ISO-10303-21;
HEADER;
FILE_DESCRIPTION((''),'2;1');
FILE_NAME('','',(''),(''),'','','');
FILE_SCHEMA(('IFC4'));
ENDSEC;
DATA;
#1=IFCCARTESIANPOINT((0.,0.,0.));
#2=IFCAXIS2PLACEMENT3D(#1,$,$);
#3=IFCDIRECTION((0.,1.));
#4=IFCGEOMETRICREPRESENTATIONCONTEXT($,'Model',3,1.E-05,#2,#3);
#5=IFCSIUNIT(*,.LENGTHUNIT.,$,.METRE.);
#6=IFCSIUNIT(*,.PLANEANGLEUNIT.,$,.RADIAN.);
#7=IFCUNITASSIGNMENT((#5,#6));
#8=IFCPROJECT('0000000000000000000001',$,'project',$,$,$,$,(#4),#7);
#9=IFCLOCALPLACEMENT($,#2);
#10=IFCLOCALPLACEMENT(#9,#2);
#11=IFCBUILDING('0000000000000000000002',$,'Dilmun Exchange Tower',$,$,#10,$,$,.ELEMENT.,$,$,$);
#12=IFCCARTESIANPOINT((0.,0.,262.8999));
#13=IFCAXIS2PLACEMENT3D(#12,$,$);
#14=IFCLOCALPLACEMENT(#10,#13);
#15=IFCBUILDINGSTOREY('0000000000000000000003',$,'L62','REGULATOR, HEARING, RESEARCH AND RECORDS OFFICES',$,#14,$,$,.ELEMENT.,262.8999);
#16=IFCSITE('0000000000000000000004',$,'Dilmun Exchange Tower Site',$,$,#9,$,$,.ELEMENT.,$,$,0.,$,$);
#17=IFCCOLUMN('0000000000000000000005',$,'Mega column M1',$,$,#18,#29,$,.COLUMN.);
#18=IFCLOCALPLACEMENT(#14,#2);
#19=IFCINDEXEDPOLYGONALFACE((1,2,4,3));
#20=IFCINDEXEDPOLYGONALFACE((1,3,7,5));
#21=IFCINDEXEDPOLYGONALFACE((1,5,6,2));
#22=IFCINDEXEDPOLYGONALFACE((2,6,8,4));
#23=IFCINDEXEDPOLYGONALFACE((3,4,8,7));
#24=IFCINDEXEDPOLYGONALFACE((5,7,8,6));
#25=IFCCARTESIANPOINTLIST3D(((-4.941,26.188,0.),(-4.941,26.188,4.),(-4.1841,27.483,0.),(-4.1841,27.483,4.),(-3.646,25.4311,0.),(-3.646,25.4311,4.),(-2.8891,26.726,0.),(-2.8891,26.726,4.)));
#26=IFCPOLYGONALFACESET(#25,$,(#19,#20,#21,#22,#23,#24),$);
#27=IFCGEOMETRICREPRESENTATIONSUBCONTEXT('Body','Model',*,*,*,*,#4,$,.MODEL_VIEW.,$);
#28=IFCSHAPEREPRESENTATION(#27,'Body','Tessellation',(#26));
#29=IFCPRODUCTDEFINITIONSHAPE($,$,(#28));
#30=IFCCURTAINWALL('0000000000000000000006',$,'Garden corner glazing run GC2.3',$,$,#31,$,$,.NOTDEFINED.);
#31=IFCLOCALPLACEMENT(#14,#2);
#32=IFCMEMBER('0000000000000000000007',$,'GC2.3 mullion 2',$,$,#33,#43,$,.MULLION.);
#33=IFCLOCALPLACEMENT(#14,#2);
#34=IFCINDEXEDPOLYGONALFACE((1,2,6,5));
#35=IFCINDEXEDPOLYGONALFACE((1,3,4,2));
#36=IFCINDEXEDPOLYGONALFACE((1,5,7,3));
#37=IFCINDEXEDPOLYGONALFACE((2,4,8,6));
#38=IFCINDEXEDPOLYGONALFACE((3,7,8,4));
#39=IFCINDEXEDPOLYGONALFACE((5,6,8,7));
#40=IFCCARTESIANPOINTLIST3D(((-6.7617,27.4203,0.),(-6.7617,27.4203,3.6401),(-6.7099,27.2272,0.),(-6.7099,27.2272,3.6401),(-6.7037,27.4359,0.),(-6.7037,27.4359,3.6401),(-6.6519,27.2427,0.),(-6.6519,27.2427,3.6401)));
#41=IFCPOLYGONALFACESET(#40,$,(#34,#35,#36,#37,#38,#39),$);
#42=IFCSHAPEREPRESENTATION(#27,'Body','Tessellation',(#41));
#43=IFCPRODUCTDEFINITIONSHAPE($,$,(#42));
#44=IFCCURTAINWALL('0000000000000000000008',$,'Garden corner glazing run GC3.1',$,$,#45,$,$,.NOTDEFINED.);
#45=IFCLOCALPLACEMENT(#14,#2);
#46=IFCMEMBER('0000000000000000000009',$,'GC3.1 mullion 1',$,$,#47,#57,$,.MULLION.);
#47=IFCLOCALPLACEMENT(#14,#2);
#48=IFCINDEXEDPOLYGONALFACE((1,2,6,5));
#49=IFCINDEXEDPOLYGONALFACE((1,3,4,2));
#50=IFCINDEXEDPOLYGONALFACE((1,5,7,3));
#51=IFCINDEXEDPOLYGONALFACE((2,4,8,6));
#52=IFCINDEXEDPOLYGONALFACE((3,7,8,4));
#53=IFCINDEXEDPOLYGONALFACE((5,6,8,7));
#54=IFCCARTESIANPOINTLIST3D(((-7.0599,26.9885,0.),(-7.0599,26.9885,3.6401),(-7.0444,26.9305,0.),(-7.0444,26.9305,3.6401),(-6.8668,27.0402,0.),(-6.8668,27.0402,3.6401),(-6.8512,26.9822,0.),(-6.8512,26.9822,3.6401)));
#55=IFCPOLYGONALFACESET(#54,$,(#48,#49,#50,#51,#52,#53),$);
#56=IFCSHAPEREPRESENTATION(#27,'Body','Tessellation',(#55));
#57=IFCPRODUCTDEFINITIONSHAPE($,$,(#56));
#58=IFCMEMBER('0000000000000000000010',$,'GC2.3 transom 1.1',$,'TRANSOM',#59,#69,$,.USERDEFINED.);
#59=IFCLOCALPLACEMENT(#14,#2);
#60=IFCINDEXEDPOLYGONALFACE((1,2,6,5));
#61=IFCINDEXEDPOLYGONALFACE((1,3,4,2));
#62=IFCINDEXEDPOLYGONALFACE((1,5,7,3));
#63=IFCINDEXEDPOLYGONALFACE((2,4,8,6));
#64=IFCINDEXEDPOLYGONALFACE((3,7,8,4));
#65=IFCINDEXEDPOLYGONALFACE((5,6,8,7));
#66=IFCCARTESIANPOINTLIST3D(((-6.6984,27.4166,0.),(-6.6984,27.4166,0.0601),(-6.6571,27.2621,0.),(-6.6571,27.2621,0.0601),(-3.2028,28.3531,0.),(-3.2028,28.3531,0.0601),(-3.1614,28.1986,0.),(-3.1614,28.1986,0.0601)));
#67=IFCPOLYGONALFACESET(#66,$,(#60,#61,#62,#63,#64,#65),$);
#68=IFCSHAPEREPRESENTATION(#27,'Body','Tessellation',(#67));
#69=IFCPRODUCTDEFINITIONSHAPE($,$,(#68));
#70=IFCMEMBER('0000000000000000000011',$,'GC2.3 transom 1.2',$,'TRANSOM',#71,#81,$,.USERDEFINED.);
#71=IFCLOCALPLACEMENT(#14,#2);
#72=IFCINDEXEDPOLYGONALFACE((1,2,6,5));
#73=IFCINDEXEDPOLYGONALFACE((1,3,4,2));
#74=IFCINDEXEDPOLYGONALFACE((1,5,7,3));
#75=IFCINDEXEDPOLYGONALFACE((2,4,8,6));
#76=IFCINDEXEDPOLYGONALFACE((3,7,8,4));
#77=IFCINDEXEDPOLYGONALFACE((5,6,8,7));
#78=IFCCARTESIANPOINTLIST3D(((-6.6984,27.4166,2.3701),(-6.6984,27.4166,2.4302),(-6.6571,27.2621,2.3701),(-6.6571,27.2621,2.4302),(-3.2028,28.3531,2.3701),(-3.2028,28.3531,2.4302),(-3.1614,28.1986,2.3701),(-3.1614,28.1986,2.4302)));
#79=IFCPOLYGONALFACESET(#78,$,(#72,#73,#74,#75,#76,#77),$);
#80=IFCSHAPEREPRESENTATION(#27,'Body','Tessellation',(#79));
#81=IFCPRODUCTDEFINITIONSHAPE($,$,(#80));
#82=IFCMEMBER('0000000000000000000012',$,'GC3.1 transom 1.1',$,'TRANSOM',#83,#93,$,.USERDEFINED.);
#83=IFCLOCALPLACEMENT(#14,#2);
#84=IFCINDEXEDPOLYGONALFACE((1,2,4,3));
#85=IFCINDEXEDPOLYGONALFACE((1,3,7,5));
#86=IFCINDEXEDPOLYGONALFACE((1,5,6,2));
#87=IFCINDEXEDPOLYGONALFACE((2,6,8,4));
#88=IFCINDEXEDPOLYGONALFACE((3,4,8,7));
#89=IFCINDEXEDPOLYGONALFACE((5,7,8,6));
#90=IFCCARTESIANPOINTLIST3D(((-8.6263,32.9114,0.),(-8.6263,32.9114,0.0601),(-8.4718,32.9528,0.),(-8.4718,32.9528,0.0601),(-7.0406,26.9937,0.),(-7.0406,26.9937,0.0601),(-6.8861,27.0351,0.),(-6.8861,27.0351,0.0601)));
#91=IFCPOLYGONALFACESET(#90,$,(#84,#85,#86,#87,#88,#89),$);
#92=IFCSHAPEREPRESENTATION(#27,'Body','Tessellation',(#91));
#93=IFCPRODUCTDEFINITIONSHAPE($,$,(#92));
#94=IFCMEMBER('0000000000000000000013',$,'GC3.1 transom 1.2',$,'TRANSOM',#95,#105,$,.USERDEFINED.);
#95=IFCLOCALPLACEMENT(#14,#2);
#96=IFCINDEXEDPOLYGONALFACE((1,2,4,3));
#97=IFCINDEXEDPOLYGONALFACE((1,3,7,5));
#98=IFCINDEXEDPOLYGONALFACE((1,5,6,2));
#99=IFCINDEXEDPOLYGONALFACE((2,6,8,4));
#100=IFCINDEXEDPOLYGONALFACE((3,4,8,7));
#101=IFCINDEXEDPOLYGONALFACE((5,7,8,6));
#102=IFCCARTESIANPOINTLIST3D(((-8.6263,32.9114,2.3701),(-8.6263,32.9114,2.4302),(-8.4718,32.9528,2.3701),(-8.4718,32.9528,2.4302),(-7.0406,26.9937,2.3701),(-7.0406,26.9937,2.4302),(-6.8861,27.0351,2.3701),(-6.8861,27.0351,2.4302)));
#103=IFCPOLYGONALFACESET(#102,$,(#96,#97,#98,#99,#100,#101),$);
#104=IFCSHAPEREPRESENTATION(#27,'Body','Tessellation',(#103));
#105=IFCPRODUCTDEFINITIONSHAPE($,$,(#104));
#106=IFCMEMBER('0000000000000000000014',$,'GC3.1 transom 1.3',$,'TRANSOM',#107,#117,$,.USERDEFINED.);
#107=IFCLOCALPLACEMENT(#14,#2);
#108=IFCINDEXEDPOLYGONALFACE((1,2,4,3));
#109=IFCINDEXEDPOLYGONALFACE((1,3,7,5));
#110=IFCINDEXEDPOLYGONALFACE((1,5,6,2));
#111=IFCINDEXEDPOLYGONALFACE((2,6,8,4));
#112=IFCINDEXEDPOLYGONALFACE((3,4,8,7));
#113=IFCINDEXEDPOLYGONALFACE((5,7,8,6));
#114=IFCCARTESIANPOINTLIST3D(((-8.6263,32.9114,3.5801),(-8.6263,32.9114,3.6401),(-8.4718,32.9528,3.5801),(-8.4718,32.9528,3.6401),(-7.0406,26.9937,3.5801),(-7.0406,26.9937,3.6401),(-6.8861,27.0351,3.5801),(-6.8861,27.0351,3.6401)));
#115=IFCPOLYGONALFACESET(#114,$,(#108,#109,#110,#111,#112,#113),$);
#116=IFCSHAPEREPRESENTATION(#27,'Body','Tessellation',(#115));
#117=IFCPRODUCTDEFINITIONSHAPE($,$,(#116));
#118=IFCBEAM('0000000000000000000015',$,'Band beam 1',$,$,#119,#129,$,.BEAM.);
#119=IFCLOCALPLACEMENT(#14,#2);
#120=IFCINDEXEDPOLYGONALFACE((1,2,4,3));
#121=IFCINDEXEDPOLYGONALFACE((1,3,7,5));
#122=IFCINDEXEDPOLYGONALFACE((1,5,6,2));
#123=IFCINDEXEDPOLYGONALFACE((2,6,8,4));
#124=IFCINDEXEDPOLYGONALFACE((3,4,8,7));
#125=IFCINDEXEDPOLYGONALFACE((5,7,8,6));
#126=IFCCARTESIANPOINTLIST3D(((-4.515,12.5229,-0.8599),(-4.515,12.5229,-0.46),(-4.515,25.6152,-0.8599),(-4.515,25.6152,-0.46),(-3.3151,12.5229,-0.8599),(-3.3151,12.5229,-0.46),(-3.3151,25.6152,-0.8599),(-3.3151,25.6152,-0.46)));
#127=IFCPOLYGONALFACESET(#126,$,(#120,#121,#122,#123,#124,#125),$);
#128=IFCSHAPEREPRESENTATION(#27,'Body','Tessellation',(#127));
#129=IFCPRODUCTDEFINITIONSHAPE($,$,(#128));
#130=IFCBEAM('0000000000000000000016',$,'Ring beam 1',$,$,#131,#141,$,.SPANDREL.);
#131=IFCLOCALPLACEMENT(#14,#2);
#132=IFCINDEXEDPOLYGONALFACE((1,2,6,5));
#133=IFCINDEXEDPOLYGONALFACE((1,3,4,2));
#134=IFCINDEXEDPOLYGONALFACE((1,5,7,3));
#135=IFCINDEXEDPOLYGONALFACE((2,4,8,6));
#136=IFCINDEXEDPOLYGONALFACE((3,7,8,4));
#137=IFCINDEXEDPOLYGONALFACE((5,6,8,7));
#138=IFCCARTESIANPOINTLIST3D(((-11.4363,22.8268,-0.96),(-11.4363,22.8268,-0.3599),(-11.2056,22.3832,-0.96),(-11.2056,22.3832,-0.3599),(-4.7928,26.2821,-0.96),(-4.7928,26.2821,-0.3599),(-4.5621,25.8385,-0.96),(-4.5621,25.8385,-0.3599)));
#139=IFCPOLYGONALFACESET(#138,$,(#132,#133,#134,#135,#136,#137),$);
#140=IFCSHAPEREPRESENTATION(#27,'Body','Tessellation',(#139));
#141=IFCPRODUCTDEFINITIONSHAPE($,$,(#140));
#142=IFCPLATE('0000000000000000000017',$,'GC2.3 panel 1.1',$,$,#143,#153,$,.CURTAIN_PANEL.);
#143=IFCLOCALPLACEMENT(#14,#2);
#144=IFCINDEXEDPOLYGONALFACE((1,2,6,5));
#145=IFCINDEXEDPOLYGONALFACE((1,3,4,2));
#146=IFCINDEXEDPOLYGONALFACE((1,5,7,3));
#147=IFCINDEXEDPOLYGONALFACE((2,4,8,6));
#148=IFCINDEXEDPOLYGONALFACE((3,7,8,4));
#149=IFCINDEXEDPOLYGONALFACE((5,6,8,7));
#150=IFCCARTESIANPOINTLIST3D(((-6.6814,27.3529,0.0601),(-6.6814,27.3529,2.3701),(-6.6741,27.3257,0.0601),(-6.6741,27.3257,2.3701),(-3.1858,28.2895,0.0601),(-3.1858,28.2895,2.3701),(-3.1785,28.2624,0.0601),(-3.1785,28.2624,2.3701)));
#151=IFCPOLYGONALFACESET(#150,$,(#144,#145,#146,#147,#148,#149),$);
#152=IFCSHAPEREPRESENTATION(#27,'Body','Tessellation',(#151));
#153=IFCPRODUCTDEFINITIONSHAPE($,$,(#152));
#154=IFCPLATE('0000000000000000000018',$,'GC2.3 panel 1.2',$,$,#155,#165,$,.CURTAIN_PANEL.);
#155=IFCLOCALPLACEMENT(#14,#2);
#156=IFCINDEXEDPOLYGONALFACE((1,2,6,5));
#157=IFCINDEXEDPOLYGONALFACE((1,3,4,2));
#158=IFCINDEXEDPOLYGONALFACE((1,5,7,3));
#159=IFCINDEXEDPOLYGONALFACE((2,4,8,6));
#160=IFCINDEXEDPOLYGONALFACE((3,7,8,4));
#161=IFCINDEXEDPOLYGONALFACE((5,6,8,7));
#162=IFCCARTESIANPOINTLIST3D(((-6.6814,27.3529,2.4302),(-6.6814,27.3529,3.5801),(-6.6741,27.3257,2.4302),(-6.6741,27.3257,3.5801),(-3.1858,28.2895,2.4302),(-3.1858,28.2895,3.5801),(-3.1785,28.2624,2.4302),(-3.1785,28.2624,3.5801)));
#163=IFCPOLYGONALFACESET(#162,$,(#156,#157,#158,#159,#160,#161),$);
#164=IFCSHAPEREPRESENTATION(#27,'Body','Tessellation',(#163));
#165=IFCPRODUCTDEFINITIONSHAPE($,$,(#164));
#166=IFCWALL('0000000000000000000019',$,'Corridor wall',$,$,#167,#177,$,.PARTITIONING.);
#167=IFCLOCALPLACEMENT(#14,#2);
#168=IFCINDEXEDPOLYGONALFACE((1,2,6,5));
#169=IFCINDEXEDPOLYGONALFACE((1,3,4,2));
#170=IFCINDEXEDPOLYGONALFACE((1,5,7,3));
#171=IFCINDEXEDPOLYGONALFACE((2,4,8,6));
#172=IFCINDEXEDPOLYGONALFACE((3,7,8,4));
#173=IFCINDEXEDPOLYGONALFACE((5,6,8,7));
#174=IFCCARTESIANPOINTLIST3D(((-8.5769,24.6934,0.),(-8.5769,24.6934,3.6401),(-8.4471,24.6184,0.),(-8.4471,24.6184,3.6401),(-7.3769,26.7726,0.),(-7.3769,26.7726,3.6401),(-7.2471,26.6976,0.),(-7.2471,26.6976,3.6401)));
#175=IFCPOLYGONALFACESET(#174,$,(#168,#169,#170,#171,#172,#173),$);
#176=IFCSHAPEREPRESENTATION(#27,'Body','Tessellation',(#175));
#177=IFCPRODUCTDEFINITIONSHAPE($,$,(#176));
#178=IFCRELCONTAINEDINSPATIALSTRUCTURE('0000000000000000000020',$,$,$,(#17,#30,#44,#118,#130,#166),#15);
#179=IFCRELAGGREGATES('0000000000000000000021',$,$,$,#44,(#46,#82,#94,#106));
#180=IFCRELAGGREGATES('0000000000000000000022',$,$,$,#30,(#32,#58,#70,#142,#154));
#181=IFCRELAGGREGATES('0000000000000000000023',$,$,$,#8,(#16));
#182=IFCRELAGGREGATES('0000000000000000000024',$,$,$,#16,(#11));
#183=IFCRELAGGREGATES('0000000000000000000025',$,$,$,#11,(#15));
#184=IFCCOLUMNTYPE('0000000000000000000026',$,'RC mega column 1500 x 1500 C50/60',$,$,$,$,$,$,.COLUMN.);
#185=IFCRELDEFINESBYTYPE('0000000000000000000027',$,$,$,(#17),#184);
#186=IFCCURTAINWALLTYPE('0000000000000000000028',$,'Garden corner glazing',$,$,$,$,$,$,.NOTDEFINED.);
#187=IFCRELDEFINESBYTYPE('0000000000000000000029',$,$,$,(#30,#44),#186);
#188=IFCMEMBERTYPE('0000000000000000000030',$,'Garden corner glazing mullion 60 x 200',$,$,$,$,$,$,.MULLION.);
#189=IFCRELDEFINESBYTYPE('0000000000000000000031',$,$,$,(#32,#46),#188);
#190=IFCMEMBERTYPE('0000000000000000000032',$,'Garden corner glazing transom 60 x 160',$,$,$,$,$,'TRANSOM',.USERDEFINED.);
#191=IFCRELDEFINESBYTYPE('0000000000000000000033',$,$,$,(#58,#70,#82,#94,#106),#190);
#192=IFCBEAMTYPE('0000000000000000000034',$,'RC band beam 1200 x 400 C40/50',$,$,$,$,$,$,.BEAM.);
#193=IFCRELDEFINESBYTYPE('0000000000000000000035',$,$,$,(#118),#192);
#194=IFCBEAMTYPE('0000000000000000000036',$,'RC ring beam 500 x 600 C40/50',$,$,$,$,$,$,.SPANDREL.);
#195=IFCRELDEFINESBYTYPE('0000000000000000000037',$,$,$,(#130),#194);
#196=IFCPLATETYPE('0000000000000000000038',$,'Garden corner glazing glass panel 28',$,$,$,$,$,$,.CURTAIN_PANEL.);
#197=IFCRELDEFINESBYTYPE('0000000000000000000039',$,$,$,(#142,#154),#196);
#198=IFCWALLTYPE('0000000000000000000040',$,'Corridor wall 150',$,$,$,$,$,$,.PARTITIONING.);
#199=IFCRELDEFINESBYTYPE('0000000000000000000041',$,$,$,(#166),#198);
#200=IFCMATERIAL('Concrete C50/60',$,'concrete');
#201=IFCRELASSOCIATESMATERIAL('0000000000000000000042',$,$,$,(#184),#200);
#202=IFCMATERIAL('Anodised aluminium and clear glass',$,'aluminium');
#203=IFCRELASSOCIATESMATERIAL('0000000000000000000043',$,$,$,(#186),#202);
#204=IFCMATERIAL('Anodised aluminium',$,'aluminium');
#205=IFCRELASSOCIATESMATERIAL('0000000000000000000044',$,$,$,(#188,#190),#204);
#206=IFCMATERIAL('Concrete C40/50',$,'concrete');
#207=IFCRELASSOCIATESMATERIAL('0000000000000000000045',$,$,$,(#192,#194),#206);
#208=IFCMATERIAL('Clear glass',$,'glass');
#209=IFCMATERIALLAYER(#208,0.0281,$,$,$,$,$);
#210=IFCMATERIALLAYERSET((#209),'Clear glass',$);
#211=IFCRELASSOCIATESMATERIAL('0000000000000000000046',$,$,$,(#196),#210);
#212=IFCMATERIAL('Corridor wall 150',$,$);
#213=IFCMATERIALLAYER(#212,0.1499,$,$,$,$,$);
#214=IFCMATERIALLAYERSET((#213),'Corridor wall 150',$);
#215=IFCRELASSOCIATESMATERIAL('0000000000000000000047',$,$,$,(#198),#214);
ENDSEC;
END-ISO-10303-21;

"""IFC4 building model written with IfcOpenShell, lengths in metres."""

from ifc_helpers import new_model, si_unit, direction, frame, frame_2d, origin, origin_2d, place, context, subcontext, project, spatial, rectangle, extrude, material, layer, layer_set, material_profile, profile_set, type_object, element, aggregate, save


model = new_model("IFC4")

# Units and contexts
model_context = context("Model", 3, precision=1e-05, world=origin(), true_north=direction((0.0, 1.0)))
body_context = subcontext(model_context, "Body", "Model", "MODEL_VIEW")
ifc_project = project(units=[si_unit("LENGTHUNIT", "METRE"), si_unit("PLANEANGLEUNIT", "RADIAN")], contexts=[model_context])

# Site, building, storey
site_placement = place(None, origin())
site = spatial("IfcSite", under=ifc_project, at=site_placement, Name="Dilmun Exchange Tower Site", CompositionType="ELEMENT", RefElevation=0.0)
building_placement = place(site_placement, origin())
building = spatial("IfcBuilding", under=site, at=building_placement, Name="Dilmun Exchange Tower", CompositionType="ELEMENT")
storey_placement = place(building_placement, frame((0.0, 0.0, 262.8999)))
storey = spatial("IfcBuildingStorey", under=building, at=storey_placement, Name="L62", Description="REGULATOR, HEARING, RESEARCH AND RECORDS OFFICES", CompositionType="ELEMENT", Elevation=262.8999)

# Column
ifc_material_1 = material(Name="Concrete C50/60", Category="concrete")
ifc_material_profile_1 = material_profile(ifc_material_1, rectangle(XDim=1.5, YDim=1.5, at=origin_2d()), Name="1500 x 1500")
ifc_profile_set_1 = profile_set([ifc_material_profile_1], Name="Concrete C50/60")
column_type = type_object("IfcColumnType", Name="RC mega column 1500 x 1500 C50/60", PredefinedType="COLUMN", material=ifc_profile_set_1)
column_placement = place(storey_placement, frame((-3.915, 26.457, 0.0), z_axis=(0.0, 0.0, 1.0), x_axis=(0.504644, 0.863328, 0.0)))
element("IfcColumn", 1, at=column_placement, inside=storey, type_object=column_type, Name="Mega column M1", PredefinedType="COLUMN", context=body_context, shape_type="SweptSolid", body=[
    extrude(rectangle(XDim=1.5, YDim=1.5, at=origin_2d()), origin(), (0.0, 0.0, 1.0), 4.0),
])

# Curtain walls, members
ifc_material_2 = material(Name="Anodised aluminium and clear glass", Category="aluminium")
curtain_wall_type = type_object("IfcCurtainWallType", Name="Garden corner glazing", PredefinedType="NOTDEFINED", material=ifc_material_2)
curtain_wall_1_placement = place(storey_placement, origin())
curtain_wall_1 = element("IfcCurtainWall", 2, at=curtain_wall_1_placement, inside=storey, type_object=curtain_wall_type, Name="Garden corner glazing run GC2.3", PredefinedType="NOTDEFINED")
ifc_material_3 = material(Name="Anodised aluminium", Category="aluminium")
ifc_material_profile_2 = material_profile(ifc_material_3, rectangle(XDim=0.2, YDim=0.0601, at=origin_2d()), Name="AL 60x200")
ifc_profile_set_2 = profile_set([ifc_material_profile_2], Name="Anodised aluminium")
member_type_1 = type_object("IfcMemberType", Name="Garden corner glazing mullion 60 x 200", PredefinedType="MULLION", material=ifc_profile_set_2)
member_1_placement = place(storey_placement, frame((-6.7068, 27.3315, 0.0), z_axis=(0.0, 0.0, 1.0), x_axis=(0.258813, -0.965928, 0.0)))
member_1 = element("IfcMember", 3, at=member_1_placement, type_object=member_type_1, Name="GC2.3 mullion 2", PredefinedType="MULLION", context=body_context, shape_type="SweptSolid", body=[
    extrude(rectangle(XDim=0.2, YDim=0.0601, at=origin_2d()), origin(), (0.0, 0.0, 1.0), 3.6401),
])
curtain_wall_2_placement = place(storey_placement, origin())
curtain_wall_2 = element("IfcCurtainWall", 4, at=curtain_wall_2_placement, inside=storey, type_object=curtain_wall_type, Name="Garden corner glazing run GC3.1", PredefinedType="NOTDEFINED")
member_2_placement = place(storey_placement, frame((-6.9556, 26.9854, 0.0), z_axis=(0.0, 0.0, 1.0), x_axis=(-0.965926, -0.258819, 0.0)))
member_2 = element("IfcMember", 5, at=member_2_placement, type_object=member_type_1, Name="GC3.1 mullion 1", PredefinedType="MULLION", context=body_context, shape_type="SweptSolid", body=[
    extrude(rectangle(XDim=0.2, YDim=0.0601, at=origin_2d()), origin(), (0.0, 0.0, 1.0), 3.6401),
])

# Members
ifc_material_profile_3 = material_profile(ifc_material_3, rectangle(XDim=0.1599, YDim=0.0601, at=origin_2d()), Name="AL 60x160")
ifc_profile_set_3 = profile_set([ifc_material_profile_3], Name="Anodised aluminium")
member_type_2 = type_object("IfcMemberType", Name="Garden corner glazing transom 60 x 160", ElementType="TRANSOM", PredefinedType="USERDEFINED", material=ifc_profile_set_3)
member_3_placement = place(storey_placement, frame((-3.1821, 28.2759, 0.03), z_axis=(-0.965934, -0.258788, 0.0), x_axis=(0.258788, -0.965934, 0.0)))
member_3 = element("IfcMember", 6, at=member_3_placement, type_object=member_type_2, Name="GC2.3 transom 1.1", ObjectType="TRANSOM", PredefinedType="USERDEFINED", context=body_context, shape_type="SweptSolid", body=[
    extrude(rectangle(XDim=0.1599, YDim=0.0601, at=origin_2d()), origin(), (0.0, 0.0, 1.0), 3.6189),
])
member_4_placement = place(storey_placement, frame((-3.1821, 28.2759, 2.4001), z_axis=(-0.965934, -0.258788, 0.0), x_axis=(0.258788, -0.965934, 0.0)))
member_4 = element("IfcMember", 7, at=member_4_placement, type_object=member_type_2, Name="GC2.3 transom 1.2", ObjectType="TRANSOM", PredefinedType="USERDEFINED", context=body_context, shape_type="SweptSolid", body=[
    extrude(rectangle(XDim=0.1599, YDim=0.0601, at=origin_2d()), origin(), (0.0, 0.0, 1.0), 3.6189),
])
member_5_placement = place(storey_placement, frame((-6.9634, 27.0144, 0.03), z_axis=(-0.258826, 0.965924, 0.0), x_axis=(-0.965924, -0.258826, 0.0)))
member_5 = element("IfcMember", 8, at=member_5_placement, type_object=member_type_2, Name="GC3.1 transom 1.1", ObjectType="TRANSOM", PredefinedType="USERDEFINED", context=body_context, shape_type="SweptSolid", body=[
    extrude(rectangle(XDim=0.1599, YDim=0.0601, at=origin_2d()), origin(), (0.0, 0.0, 1.0), 6.1265),
])
member_6_placement = place(storey_placement, frame((-6.9634, 27.0144, 2.4001), z_axis=(-0.258826, 0.965924, 0.0), x_axis=(-0.965924, -0.258826, 0.0)))
member_6 = element("IfcMember", 9, at=member_6_placement, type_object=member_type_2, Name="GC3.1 transom 1.2", ObjectType="TRANSOM", PredefinedType="USERDEFINED", context=body_context, shape_type="SweptSolid", body=[
    extrude(rectangle(XDim=0.1599, YDim=0.0601, at=origin_2d()), origin(), (0.0, 0.0, 1.0), 6.1265),
])
member_7_placement = place(storey_placement, frame((-6.9634, 27.0144, 3.6101), z_axis=(-0.258826, 0.965924, 0.0), x_axis=(-0.965924, -0.258826, 0.0)))
member_7 = element("IfcMember", 10, at=member_7_placement, type_object=member_type_2, Name="GC3.1 transom 1.3", ObjectType="TRANSOM", PredefinedType="USERDEFINED", context=body_context, shape_type="SweptSolid", body=[
    extrude(rectangle(XDim=0.1599, YDim=0.0601, at=origin_2d()), origin(), (0.0, 0.0, 1.0), 6.1265),
])
aggregate(curtain_wall_2, [member_2, member_5, member_6, member_7])

# Beams
ifc_material_4 = material(Name="Concrete C40/50", Category="concrete")
ifc_material_profile_4 = material_profile(ifc_material_4, rectangle(XDim=1.2, YDim=0.3999, at=origin_2d()), Name="1200 x 400")
ifc_profile_set_4 = profile_set([ifc_material_profile_4], Name="Concrete C40/50")
beam_type_1 = type_object("IfcBeamType", Name="RC band beam 1200 x 400 C40/50", PredefinedType="BEAM", material=ifc_profile_set_4)
beam_1_placement = place(storey_placement, frame((-3.915, 25.6152, -0.6599), z_axis=(0.0, -1.0, 0.0), x_axis=(1.0, 0.0, 0.0)))
element("IfcBeam", 11, at=beam_1_placement, inside=storey, type_object=beam_type_1, Name="Band beam 1", PredefinedType="BEAM", context=body_context, shape_type="SweptSolid", body=[
    extrude(rectangle(XDim=1.2, YDim=0.3999, at=origin_2d()), origin(), (0.0, 0.0, 1.0), 13.0923),
])
ifc_material_profile_5 = material_profile(ifc_material_4, rectangle(XDim=0.5, YDim=0.6001, at=origin_2d()), Name="500 x 600")
ifc_profile_set_5 = profile_set([ifc_material_profile_5], Name="Concrete C40/50")
beam_type_2 = type_object("IfcBeamType", Name="RC ring beam 500 x 600 C40/50", PredefinedType="SPANDREL", material=ifc_profile_set_5)
beam_2_placement = place(storey_placement, frame((-4.6775, 26.0603, -0.6599), z_axis=(-0.88718, -0.461424, 0.0), x_axis=(0.461424, -0.88718, 0.0)))
element("IfcBeam", 12, at=beam_2_placement, inside=storey, type_object=beam_type_2, Name="Ring beam 1", PredefinedType="SPANDREL", context=body_context, shape_type="SweptSolid", body=[
    extrude(rectangle(XDim=0.5, YDim=0.6001, at=origin_2d()), origin(), (0.0, 0.0, 1.0), 7.4883),
])

# Plates
ifc_material_5 = material(Name="Clear glass", Category="glass")
ifc_layer_1 = layer(ifc_material_5, 0.0281)
ifc_layer_set_1 = layer_set([ifc_layer_1], Name="Clear glass")
plate_type = type_object("IfcPlateType", Name="Garden corner glazing glass panel 28", PredefinedType="CURTAIN_PANEL", material=ifc_layer_set_1)
plate_1_placement = place(storey_placement, frame((-4.9299, 27.8076, 0.0601), z_axis=(0.0, 0.0, 1.0), x_axis=(-0.965928, -0.258813, 0.0)))
plate_1 = element("IfcPlate", 13, at=plate_1_placement, type_object=plate_type, Name="GC2.3 panel 1.1", PredefinedType="CURTAIN_PANEL", context=body_context, shape_type="SweptSolid", body=[
    extrude(rectangle(XDim=3.6189, YDim=0.0281, at=origin_2d()), origin(), (0.0, 0.0, 1.0), 2.3101),
])
plate_2_placement = place(storey_placement, frame((-4.9299, 27.8076, 2.4302), z_axis=(0.0, 0.0, 1.0), x_axis=(-0.965928, -0.258813, 0.0)))
plate_2 = element("IfcPlate", 14, at=plate_2_placement, type_object=plate_type, Name="GC2.3 panel 1.2", PredefinedType="CURTAIN_PANEL", context=body_context, shape_type="SweptSolid", body=[
    extrude(rectangle(XDim=3.6189, YDim=0.0281, at=origin_2d()), origin(), (0.0, 0.0, 1.0), 1.1499),
])
aggregate(curtain_wall_1, [member_1, member_3, member_4, plate_1, plate_2])

# Wall
ifc_material_6 = material(Name="Corridor wall 150")
ifc_layer_2 = layer(ifc_material_6, 0.1499)
ifc_layer_set_2 = layer_set([ifc_layer_2], Name="Corridor wall 150")
wall_type = type_object("IfcWallType", Name="Corridor wall 150", PredefinedType="PARTITIONING", material=ifc_layer_set_2)
wall_1_placement = place(storey_placement, frame((-8.512, 24.656, 0.0), z_axis=(0.0, 0.0, 1.0), x_axis=(0.499869, 0.866101, 0.0)))
element("IfcWall", 15, at=wall_1_placement, inside=storey, type_object=wall_type, Name="Corridor wall", PredefinedType="PARTITIONING", context=body_context, shape_type="SweptSolid", body=[
    extrude(rectangle(XDim=2.4006, YDim=0.1499, at=frame_2d((1.2002, 0.0))), origin(), (0.0, 0.0, 1.0), 3.6401),
])

save(model, "model.ifc")
